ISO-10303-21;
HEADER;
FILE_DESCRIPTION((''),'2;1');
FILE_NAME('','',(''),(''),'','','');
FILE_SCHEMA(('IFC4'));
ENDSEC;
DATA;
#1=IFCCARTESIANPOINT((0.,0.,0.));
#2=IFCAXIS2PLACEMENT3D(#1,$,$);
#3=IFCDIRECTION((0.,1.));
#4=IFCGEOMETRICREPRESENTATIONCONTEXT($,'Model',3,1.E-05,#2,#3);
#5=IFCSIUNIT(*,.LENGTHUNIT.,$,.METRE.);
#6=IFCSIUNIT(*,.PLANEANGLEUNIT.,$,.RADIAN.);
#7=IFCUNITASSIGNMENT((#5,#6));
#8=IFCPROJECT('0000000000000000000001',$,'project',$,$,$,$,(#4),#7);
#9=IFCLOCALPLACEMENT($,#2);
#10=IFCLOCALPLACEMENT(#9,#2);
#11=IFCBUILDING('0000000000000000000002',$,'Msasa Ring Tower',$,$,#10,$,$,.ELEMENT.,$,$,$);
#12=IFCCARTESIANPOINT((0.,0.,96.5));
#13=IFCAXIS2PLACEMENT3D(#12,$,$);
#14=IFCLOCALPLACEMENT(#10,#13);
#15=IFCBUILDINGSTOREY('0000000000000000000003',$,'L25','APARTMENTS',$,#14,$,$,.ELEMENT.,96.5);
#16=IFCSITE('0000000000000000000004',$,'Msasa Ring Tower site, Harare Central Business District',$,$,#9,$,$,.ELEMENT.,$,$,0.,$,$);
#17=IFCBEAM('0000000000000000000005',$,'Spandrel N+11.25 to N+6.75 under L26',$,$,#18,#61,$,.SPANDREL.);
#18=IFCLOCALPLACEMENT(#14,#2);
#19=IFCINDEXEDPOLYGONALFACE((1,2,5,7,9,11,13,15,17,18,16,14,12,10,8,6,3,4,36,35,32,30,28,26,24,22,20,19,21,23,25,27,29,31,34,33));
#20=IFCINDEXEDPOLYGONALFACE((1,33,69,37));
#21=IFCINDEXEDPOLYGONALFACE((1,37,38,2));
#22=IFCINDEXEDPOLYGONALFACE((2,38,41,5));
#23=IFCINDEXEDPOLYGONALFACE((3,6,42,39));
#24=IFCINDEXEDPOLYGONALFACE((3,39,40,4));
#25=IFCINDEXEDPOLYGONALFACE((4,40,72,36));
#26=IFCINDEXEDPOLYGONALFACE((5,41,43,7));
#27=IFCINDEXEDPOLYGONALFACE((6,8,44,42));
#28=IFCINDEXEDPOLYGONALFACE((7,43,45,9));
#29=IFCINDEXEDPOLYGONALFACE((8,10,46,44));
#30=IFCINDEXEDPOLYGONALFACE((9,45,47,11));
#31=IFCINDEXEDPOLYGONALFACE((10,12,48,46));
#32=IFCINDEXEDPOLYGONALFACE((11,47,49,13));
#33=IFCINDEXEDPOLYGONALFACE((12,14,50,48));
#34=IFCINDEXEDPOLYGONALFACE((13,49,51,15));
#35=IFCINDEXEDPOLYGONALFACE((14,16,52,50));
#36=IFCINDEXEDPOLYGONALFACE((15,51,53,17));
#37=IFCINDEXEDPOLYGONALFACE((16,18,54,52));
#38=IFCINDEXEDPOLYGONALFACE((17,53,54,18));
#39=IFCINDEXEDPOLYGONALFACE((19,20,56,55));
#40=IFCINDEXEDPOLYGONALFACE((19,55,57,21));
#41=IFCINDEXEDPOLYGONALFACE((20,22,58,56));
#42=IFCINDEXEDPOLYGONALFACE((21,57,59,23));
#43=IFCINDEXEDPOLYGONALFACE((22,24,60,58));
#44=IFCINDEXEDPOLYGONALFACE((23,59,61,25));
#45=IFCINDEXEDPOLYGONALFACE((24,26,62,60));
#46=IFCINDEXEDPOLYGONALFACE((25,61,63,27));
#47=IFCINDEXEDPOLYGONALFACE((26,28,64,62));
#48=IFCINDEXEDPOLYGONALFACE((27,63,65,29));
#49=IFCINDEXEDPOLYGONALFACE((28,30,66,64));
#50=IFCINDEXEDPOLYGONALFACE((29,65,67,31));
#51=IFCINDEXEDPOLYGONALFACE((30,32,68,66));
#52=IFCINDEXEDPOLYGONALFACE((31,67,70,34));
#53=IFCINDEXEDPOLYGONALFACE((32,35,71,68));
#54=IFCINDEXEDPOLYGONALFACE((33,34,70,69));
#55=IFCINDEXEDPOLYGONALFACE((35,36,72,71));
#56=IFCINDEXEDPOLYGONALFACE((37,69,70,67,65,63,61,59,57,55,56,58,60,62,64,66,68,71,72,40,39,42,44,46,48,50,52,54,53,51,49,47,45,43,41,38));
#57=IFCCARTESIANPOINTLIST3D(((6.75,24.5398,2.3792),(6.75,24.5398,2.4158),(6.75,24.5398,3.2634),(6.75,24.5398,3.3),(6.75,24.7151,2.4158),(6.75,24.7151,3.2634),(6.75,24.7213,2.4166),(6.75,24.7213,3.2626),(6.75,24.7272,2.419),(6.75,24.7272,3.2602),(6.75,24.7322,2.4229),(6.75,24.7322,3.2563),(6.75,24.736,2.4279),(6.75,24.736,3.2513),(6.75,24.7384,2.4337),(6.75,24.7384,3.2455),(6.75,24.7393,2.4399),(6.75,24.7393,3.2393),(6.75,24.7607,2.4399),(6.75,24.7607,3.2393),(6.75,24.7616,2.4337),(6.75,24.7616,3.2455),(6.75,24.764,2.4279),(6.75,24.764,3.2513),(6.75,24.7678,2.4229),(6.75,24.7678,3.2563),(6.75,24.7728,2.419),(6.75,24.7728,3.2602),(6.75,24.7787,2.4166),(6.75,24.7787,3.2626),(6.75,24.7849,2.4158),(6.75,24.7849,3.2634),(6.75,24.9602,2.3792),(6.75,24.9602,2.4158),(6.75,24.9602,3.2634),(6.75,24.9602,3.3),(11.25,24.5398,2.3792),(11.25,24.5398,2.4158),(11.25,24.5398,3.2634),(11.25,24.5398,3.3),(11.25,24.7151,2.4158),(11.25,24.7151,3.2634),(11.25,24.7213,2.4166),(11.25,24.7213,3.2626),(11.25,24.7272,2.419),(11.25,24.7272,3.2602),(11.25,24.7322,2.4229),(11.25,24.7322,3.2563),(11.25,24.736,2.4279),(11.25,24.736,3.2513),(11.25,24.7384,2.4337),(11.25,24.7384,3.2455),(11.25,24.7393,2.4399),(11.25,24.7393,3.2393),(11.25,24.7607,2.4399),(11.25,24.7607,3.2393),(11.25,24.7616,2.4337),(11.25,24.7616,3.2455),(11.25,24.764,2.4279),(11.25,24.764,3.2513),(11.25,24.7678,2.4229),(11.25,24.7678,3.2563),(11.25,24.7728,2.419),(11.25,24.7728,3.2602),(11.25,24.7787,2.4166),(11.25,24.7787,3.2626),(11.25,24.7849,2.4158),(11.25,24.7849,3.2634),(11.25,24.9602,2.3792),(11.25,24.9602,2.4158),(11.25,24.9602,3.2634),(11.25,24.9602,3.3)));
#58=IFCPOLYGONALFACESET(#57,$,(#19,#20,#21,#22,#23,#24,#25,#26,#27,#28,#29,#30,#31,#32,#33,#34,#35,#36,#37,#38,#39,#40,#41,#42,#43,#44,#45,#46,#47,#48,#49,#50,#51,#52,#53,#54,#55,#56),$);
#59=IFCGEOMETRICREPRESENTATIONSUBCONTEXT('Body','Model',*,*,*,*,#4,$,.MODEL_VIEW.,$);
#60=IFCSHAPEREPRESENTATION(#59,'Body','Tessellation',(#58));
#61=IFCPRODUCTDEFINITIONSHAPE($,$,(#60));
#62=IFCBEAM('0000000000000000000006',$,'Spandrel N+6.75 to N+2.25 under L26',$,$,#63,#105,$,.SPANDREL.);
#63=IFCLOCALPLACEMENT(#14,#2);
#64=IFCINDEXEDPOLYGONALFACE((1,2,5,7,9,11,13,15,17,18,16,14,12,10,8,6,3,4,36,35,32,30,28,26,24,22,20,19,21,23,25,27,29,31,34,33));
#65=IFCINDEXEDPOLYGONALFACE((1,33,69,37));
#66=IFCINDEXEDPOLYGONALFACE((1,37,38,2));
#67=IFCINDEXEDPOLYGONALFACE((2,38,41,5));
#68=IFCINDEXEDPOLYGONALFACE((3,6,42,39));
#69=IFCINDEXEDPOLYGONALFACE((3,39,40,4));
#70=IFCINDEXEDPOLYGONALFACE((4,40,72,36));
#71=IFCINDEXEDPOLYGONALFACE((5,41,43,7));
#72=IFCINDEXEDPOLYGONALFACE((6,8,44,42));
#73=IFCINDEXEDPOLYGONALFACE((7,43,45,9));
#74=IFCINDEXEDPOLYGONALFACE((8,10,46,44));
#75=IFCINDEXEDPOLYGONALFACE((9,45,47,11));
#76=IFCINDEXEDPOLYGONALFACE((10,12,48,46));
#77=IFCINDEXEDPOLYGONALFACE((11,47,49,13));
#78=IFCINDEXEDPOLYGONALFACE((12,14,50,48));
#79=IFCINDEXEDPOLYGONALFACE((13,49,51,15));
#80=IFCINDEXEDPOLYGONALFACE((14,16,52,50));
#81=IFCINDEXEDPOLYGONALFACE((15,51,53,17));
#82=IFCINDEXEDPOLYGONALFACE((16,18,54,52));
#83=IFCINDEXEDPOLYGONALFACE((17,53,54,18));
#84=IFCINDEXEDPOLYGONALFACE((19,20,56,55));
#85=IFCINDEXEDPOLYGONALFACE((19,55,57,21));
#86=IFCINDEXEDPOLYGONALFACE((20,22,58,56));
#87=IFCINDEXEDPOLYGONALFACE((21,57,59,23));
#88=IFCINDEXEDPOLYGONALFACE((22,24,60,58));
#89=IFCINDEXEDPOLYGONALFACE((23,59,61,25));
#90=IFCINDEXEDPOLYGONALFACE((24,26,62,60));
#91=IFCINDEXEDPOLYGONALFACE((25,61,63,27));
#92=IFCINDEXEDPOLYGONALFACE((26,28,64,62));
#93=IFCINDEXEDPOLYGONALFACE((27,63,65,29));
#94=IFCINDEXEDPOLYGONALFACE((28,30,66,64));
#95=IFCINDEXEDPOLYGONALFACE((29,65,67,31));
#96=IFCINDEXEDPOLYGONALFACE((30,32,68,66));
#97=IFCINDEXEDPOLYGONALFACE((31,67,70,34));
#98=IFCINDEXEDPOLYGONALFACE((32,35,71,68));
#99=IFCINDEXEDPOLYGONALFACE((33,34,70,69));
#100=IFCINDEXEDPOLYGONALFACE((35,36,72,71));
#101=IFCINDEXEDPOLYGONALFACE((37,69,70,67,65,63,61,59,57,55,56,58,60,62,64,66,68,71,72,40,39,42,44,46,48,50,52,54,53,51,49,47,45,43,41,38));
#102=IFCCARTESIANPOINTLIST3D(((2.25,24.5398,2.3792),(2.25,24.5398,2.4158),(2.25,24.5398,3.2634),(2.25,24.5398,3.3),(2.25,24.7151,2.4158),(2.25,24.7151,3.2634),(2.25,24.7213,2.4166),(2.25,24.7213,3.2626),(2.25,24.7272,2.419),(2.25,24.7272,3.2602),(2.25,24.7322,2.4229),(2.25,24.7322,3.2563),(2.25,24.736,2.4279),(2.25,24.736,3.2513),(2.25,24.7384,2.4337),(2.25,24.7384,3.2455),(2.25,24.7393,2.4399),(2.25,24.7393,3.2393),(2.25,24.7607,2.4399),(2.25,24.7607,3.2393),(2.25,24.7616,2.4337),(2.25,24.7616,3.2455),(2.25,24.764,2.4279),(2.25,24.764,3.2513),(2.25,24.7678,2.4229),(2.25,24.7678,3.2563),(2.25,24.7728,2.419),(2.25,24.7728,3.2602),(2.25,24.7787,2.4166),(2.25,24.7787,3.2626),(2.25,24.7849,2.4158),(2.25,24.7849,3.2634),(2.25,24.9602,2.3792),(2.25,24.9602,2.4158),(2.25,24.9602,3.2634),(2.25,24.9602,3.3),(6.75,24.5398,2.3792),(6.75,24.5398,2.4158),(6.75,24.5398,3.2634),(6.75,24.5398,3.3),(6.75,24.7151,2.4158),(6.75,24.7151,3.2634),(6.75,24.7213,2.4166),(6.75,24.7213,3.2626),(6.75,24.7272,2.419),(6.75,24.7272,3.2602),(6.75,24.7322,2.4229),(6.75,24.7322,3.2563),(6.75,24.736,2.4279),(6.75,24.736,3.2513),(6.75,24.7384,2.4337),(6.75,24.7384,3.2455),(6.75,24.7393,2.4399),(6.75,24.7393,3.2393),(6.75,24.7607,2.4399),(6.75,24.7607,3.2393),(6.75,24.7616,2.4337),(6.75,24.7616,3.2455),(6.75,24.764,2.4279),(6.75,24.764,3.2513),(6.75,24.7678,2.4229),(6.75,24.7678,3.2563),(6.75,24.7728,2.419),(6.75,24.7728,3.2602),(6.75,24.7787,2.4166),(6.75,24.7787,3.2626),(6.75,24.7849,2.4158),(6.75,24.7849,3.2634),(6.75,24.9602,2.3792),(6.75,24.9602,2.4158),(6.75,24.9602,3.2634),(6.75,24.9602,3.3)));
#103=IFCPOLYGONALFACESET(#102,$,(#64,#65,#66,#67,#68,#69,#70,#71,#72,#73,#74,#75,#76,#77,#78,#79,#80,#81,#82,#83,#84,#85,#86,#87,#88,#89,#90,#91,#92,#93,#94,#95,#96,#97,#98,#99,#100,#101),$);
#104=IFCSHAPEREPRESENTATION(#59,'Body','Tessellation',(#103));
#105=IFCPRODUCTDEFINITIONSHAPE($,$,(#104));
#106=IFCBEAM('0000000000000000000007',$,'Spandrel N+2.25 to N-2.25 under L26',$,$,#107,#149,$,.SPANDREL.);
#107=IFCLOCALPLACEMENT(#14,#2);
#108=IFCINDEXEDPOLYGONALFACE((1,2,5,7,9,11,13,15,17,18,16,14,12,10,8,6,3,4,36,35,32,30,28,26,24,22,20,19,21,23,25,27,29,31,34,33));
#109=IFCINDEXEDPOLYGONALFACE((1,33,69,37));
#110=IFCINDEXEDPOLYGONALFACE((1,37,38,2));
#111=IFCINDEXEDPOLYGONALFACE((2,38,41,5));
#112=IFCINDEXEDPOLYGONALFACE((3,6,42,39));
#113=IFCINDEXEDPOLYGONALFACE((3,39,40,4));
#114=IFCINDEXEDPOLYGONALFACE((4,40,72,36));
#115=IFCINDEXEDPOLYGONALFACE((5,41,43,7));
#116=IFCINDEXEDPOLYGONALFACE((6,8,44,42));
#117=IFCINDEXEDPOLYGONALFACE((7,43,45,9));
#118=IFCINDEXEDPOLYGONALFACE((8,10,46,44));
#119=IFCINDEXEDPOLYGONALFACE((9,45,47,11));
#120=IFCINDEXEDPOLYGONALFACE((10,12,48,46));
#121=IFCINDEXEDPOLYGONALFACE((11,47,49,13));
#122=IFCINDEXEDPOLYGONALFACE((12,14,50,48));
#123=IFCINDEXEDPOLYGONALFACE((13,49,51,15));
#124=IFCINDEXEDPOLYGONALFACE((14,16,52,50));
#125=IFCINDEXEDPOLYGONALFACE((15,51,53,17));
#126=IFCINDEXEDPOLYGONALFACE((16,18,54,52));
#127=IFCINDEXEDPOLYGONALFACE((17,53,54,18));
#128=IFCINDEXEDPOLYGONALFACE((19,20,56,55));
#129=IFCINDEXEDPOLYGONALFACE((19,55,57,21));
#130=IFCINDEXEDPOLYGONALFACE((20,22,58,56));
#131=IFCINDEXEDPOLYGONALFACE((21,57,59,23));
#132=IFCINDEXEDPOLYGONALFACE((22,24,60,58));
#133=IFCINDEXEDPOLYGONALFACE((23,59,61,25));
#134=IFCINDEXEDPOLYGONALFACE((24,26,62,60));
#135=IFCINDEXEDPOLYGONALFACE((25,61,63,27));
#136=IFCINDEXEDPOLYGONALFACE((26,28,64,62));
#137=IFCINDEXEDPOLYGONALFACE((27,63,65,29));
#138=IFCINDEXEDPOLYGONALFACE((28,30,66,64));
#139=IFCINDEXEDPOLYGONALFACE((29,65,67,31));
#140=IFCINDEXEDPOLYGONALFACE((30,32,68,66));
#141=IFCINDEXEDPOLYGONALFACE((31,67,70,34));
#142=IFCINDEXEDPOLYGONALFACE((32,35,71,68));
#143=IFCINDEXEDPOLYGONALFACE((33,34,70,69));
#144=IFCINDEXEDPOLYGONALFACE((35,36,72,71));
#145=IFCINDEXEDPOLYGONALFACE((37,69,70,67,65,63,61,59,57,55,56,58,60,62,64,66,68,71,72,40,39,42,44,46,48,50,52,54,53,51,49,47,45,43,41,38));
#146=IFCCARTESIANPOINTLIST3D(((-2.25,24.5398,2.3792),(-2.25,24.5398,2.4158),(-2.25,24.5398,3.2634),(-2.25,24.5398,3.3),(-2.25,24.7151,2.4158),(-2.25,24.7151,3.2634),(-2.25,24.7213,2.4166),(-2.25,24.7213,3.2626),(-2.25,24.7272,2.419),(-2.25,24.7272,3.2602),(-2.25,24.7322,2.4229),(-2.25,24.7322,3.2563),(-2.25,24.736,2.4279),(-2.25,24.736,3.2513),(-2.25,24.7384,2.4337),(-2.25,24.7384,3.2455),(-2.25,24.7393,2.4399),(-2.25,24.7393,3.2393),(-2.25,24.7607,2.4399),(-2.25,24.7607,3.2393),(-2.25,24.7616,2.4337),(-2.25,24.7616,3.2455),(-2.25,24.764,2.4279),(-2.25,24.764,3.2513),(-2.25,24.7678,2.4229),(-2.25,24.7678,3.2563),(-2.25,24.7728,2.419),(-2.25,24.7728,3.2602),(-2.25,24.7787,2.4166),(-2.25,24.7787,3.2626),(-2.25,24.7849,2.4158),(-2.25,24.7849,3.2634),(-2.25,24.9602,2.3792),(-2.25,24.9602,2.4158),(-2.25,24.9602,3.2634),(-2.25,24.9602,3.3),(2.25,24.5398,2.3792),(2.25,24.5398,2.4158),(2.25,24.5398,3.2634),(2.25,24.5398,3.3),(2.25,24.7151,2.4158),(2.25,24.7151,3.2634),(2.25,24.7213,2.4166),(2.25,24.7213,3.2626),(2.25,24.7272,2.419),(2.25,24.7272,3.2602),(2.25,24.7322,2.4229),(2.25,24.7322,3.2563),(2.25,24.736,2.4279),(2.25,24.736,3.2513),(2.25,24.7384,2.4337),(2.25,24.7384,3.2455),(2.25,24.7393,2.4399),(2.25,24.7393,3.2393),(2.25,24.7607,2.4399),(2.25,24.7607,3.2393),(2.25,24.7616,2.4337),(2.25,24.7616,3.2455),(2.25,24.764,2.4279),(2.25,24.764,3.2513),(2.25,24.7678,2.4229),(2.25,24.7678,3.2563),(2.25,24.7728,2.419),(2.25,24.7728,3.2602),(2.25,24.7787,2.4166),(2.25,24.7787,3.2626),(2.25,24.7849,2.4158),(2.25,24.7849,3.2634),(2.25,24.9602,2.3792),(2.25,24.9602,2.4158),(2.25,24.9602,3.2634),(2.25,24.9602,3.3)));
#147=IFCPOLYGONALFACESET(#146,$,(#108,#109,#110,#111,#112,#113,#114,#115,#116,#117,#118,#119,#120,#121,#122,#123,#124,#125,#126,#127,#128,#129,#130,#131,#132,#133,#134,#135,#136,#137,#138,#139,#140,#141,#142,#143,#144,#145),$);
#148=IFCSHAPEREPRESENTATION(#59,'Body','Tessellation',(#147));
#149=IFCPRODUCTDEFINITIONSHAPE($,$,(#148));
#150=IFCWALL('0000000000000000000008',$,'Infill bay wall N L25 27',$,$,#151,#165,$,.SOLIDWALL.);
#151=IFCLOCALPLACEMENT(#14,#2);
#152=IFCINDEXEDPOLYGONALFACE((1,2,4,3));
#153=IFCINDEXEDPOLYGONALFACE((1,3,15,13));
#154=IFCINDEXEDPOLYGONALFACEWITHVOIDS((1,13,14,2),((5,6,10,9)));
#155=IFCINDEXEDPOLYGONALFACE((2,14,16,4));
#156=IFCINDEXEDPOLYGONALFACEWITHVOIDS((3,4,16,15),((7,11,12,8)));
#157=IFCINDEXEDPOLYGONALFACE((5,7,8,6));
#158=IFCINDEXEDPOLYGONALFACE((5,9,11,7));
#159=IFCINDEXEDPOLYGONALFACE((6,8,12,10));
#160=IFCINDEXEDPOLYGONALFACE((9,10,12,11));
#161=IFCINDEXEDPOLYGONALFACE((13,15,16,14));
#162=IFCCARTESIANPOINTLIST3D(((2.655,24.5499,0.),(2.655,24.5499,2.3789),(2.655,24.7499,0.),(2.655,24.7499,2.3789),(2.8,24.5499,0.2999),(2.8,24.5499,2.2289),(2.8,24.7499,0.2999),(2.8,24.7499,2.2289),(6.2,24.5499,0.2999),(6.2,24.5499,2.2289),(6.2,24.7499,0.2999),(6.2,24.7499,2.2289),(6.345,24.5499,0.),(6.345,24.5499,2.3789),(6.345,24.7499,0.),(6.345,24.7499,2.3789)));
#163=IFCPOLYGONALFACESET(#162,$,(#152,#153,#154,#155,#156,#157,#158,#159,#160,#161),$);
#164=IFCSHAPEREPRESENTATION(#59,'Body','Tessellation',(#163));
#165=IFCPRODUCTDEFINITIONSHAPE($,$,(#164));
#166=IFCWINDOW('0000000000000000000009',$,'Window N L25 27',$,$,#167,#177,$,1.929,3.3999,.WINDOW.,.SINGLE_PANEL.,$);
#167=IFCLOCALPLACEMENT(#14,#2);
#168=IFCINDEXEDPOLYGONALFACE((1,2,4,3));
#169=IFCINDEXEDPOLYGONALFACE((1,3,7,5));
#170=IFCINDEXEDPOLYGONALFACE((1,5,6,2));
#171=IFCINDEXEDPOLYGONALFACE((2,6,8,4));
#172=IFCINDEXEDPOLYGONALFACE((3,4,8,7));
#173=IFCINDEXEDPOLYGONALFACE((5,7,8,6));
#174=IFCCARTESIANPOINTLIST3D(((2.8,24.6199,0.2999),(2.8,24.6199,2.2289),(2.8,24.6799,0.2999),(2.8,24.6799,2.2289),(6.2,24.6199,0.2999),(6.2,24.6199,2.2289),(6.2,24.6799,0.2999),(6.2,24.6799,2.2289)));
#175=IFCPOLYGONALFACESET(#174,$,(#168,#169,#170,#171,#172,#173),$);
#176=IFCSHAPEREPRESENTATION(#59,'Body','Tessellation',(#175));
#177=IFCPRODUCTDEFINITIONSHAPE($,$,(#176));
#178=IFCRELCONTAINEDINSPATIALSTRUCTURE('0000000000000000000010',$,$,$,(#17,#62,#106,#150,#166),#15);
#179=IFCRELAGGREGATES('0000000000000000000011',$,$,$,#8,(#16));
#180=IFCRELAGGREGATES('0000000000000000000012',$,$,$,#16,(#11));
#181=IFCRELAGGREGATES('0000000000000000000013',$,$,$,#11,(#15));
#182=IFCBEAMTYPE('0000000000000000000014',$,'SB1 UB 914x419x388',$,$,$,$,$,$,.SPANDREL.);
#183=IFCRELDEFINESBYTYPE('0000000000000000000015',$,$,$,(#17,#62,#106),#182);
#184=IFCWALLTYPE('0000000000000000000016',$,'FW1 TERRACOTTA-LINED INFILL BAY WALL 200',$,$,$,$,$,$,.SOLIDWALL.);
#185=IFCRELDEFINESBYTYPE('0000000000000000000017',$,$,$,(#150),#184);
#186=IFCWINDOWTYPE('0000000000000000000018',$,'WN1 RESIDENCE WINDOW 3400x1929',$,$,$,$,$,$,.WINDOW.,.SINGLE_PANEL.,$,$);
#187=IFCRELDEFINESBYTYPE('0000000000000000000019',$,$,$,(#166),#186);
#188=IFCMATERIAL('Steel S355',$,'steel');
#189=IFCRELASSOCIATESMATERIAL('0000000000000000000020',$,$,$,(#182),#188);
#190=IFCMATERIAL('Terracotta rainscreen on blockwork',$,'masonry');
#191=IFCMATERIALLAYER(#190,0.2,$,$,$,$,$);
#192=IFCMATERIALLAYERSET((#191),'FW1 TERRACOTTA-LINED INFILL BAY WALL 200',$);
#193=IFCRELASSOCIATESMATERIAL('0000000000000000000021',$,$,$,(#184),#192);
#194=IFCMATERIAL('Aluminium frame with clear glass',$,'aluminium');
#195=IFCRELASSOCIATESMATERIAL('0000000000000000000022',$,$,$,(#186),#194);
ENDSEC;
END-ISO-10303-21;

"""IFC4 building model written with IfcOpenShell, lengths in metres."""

from ifc_helpers import new_model, si_unit, direction, frame, frame_2d, origin, origin_2d, place, context, subcontext, project, spatial, rectangle, i_section, extrude, material, layer, layer_set, material_profile, profile_set, type_object, element, fill, save


model = new_model("IFC4")

# Units and contexts
model_context = context("Model", 3, precision=1e-05, world=origin(), true_north=direction((0.0, 1.0)))
body_context = subcontext(model_context, "Body", "Model", "MODEL_VIEW")
ifc_project = project(units=[si_unit("LENGTHUNIT", "METRE"), si_unit("PLANEANGLEUNIT", "RADIAN")], contexts=[model_context])

# Site, building, storey
site_placement = place(None, origin())
site = spatial("IfcSite", under=ifc_project, at=site_placement, Name="Msasa Ring Tower site, Harare Central Business District", CompositionType="ELEMENT", RefElevation=0.0)
building_placement = place(site_placement, origin())
building = spatial("IfcBuilding", under=site, at=building_placement, Name="Msasa Ring Tower", CompositionType="ELEMENT")
storey_placement = place(building_placement, frame((0.0, 0.0, 96.5)))
storey = spatial("IfcBuildingStorey", under=building, at=storey_placement, Name="L25", Description="APARTMENTS", CompositionType="ELEMENT", Elevation=96.5)

# Beams
ifc_material_1 = material(Name="Steel S355", Category="steel")
ifc_material_profile_1 = material_profile(ifc_material_1, i_section(OverallWidth=0.4204, OverallDepth=0.9209, WebThickness=0.0215, FlangeThickness=0.0366, FilletRadius=0.0242, at=origin_2d()), Name="UB 914x419x388")
ifc_profile_set_1 = profile_set([ifc_material_profile_1], Name="Steel S355")
beam_type_1 = type_object("IfcBeamType", Name="SB1 UB 914x419x388", PredefinedType="SPANDREL", material=ifc_profile_set_1)
for number, where, z_axis, x_axis, name in (
    (1, (11.25, 24.75, 2.8396), (-1.0, 0.0, 0.0), (0.0, -1.0, 0.0), "Spandrel N+11.25 to N+6.75 under L26"),
    (2, (6.75, 24.75, 2.8396), (-1.0, 0.0, 0.0), (0.0, -1.0, 0.0), "Spandrel N+6.75 to N+2.25 under L26"),
    (3, (2.25, 24.75, 2.8396), (-1.0, 0.0, 0.0), (0.0, -1.0, 0.0), "Spandrel N+2.25 to N-2.25 under L26"),
):
    element("IfcBeam", number, at=place(storey_placement, frame(where, z_axis=z_axis, x_axis=x_axis)), inside=storey, type_object=beam_type_1, Name=name, PredefinedType="SPANDREL", context=body_context, shape_type="SweptSolid", body=[
        extrude(i_section(OverallWidth=0.4204, OverallDepth=0.9209, WebThickness=0.0215, FlangeThickness=0.0366, FilletRadius=0.0242, at=origin_2d()), origin(), (0.0, 0.0, 1.0), 4.5),
    ])

# Wall, opening, window
ifc_material_2 = material(Name="Terracotta rainscreen on blockwork", Category="masonry")
ifc_layer_1 = layer(ifc_material_2, 0.2)
ifc_layer_set_1 = layer_set([ifc_layer_1], Name="FW1 TERRACOTTA-LINED INFILL BAY WALL 200")
wall_type_1 = type_object("IfcWallType", Name="FW1 TERRACOTTA-LINED INFILL BAY WALL 200", PredefinedType="SOLIDWALL", material=ifc_layer_set_1)
wall_1_placement = place(storey_placement, frame((2.655, 24.6499, 0.0), z_axis=(0.0, 0.0, 1.0), x_axis=(1.0, 0.0, 0.0)))
wall_1 = element("IfcWall", 4, at=wall_1_placement, inside=storey, type_object=wall_type_1, Name="Infill bay wall N L25 27", PredefinedType="SOLIDWALL", context=body_context, shape_type="SweptSolid", body=[
    extrude(rectangle(XDim=3.6899, YDim=0.2, at=frame_2d((1.845, 0.0))), origin(), (0.0, 0.0, 1.0), 2.3789),
])
opening_1_placement = place(wall_1_placement, frame((0.145, 0.0, 0.3)))
opening_1 = element("IfcOpeningElement", 5, at=opening_1_placement, cuts=wall_1, PredefinedType="OPENING", context=body_context, shape_type="SweptSolid", body=[
    extrude(rectangle(XDim=3.3999, YDim=1.929, at=frame_2d((1.7, 0.9644))), frame((0.0, 0.1099, 0.0), z_axis=(0.0, -1.0, 0.0), x_axis=(1.0, 0.0, 0.0)), (0.0, 0.0, 1.0), 0.22),
])
ifc_material_3 = material(Name="Aluminium frame with clear glass", Category="aluminium")
window_type = type_object("IfcWindowType", Name="WN1 RESIDENCE WINDOW 3400x1929", PartitioningType="SINGLE_PANEL", PredefinedType="WINDOW", material=ifc_material_3)
window_1_placement = place(opening_1_placement, origin())
window_1 = element("IfcWindow", 6, at=window_1_placement, inside=storey, type_object=window_type, Name="Window N L25 27", OverallHeight=1.929, OverallWidth=3.3999, PartitioningType="SINGLE_PANEL", PredefinedType="WINDOW", context=body_context, shape_type="SweptSolid", body=[
    extrude(rectangle(XDim=3.3999, YDim=1.929, at=frame_2d((1.7, 0.9644))), frame((0.0, 0.03, 0.0), z_axis=(0.0, -1.0, 0.0), x_axis=(1.0, 0.0, 0.0)), (0.0, 0.0, 1.0), 0.0601),
])
fill(opening_1, window_1)

save(model, "model.ifc")
